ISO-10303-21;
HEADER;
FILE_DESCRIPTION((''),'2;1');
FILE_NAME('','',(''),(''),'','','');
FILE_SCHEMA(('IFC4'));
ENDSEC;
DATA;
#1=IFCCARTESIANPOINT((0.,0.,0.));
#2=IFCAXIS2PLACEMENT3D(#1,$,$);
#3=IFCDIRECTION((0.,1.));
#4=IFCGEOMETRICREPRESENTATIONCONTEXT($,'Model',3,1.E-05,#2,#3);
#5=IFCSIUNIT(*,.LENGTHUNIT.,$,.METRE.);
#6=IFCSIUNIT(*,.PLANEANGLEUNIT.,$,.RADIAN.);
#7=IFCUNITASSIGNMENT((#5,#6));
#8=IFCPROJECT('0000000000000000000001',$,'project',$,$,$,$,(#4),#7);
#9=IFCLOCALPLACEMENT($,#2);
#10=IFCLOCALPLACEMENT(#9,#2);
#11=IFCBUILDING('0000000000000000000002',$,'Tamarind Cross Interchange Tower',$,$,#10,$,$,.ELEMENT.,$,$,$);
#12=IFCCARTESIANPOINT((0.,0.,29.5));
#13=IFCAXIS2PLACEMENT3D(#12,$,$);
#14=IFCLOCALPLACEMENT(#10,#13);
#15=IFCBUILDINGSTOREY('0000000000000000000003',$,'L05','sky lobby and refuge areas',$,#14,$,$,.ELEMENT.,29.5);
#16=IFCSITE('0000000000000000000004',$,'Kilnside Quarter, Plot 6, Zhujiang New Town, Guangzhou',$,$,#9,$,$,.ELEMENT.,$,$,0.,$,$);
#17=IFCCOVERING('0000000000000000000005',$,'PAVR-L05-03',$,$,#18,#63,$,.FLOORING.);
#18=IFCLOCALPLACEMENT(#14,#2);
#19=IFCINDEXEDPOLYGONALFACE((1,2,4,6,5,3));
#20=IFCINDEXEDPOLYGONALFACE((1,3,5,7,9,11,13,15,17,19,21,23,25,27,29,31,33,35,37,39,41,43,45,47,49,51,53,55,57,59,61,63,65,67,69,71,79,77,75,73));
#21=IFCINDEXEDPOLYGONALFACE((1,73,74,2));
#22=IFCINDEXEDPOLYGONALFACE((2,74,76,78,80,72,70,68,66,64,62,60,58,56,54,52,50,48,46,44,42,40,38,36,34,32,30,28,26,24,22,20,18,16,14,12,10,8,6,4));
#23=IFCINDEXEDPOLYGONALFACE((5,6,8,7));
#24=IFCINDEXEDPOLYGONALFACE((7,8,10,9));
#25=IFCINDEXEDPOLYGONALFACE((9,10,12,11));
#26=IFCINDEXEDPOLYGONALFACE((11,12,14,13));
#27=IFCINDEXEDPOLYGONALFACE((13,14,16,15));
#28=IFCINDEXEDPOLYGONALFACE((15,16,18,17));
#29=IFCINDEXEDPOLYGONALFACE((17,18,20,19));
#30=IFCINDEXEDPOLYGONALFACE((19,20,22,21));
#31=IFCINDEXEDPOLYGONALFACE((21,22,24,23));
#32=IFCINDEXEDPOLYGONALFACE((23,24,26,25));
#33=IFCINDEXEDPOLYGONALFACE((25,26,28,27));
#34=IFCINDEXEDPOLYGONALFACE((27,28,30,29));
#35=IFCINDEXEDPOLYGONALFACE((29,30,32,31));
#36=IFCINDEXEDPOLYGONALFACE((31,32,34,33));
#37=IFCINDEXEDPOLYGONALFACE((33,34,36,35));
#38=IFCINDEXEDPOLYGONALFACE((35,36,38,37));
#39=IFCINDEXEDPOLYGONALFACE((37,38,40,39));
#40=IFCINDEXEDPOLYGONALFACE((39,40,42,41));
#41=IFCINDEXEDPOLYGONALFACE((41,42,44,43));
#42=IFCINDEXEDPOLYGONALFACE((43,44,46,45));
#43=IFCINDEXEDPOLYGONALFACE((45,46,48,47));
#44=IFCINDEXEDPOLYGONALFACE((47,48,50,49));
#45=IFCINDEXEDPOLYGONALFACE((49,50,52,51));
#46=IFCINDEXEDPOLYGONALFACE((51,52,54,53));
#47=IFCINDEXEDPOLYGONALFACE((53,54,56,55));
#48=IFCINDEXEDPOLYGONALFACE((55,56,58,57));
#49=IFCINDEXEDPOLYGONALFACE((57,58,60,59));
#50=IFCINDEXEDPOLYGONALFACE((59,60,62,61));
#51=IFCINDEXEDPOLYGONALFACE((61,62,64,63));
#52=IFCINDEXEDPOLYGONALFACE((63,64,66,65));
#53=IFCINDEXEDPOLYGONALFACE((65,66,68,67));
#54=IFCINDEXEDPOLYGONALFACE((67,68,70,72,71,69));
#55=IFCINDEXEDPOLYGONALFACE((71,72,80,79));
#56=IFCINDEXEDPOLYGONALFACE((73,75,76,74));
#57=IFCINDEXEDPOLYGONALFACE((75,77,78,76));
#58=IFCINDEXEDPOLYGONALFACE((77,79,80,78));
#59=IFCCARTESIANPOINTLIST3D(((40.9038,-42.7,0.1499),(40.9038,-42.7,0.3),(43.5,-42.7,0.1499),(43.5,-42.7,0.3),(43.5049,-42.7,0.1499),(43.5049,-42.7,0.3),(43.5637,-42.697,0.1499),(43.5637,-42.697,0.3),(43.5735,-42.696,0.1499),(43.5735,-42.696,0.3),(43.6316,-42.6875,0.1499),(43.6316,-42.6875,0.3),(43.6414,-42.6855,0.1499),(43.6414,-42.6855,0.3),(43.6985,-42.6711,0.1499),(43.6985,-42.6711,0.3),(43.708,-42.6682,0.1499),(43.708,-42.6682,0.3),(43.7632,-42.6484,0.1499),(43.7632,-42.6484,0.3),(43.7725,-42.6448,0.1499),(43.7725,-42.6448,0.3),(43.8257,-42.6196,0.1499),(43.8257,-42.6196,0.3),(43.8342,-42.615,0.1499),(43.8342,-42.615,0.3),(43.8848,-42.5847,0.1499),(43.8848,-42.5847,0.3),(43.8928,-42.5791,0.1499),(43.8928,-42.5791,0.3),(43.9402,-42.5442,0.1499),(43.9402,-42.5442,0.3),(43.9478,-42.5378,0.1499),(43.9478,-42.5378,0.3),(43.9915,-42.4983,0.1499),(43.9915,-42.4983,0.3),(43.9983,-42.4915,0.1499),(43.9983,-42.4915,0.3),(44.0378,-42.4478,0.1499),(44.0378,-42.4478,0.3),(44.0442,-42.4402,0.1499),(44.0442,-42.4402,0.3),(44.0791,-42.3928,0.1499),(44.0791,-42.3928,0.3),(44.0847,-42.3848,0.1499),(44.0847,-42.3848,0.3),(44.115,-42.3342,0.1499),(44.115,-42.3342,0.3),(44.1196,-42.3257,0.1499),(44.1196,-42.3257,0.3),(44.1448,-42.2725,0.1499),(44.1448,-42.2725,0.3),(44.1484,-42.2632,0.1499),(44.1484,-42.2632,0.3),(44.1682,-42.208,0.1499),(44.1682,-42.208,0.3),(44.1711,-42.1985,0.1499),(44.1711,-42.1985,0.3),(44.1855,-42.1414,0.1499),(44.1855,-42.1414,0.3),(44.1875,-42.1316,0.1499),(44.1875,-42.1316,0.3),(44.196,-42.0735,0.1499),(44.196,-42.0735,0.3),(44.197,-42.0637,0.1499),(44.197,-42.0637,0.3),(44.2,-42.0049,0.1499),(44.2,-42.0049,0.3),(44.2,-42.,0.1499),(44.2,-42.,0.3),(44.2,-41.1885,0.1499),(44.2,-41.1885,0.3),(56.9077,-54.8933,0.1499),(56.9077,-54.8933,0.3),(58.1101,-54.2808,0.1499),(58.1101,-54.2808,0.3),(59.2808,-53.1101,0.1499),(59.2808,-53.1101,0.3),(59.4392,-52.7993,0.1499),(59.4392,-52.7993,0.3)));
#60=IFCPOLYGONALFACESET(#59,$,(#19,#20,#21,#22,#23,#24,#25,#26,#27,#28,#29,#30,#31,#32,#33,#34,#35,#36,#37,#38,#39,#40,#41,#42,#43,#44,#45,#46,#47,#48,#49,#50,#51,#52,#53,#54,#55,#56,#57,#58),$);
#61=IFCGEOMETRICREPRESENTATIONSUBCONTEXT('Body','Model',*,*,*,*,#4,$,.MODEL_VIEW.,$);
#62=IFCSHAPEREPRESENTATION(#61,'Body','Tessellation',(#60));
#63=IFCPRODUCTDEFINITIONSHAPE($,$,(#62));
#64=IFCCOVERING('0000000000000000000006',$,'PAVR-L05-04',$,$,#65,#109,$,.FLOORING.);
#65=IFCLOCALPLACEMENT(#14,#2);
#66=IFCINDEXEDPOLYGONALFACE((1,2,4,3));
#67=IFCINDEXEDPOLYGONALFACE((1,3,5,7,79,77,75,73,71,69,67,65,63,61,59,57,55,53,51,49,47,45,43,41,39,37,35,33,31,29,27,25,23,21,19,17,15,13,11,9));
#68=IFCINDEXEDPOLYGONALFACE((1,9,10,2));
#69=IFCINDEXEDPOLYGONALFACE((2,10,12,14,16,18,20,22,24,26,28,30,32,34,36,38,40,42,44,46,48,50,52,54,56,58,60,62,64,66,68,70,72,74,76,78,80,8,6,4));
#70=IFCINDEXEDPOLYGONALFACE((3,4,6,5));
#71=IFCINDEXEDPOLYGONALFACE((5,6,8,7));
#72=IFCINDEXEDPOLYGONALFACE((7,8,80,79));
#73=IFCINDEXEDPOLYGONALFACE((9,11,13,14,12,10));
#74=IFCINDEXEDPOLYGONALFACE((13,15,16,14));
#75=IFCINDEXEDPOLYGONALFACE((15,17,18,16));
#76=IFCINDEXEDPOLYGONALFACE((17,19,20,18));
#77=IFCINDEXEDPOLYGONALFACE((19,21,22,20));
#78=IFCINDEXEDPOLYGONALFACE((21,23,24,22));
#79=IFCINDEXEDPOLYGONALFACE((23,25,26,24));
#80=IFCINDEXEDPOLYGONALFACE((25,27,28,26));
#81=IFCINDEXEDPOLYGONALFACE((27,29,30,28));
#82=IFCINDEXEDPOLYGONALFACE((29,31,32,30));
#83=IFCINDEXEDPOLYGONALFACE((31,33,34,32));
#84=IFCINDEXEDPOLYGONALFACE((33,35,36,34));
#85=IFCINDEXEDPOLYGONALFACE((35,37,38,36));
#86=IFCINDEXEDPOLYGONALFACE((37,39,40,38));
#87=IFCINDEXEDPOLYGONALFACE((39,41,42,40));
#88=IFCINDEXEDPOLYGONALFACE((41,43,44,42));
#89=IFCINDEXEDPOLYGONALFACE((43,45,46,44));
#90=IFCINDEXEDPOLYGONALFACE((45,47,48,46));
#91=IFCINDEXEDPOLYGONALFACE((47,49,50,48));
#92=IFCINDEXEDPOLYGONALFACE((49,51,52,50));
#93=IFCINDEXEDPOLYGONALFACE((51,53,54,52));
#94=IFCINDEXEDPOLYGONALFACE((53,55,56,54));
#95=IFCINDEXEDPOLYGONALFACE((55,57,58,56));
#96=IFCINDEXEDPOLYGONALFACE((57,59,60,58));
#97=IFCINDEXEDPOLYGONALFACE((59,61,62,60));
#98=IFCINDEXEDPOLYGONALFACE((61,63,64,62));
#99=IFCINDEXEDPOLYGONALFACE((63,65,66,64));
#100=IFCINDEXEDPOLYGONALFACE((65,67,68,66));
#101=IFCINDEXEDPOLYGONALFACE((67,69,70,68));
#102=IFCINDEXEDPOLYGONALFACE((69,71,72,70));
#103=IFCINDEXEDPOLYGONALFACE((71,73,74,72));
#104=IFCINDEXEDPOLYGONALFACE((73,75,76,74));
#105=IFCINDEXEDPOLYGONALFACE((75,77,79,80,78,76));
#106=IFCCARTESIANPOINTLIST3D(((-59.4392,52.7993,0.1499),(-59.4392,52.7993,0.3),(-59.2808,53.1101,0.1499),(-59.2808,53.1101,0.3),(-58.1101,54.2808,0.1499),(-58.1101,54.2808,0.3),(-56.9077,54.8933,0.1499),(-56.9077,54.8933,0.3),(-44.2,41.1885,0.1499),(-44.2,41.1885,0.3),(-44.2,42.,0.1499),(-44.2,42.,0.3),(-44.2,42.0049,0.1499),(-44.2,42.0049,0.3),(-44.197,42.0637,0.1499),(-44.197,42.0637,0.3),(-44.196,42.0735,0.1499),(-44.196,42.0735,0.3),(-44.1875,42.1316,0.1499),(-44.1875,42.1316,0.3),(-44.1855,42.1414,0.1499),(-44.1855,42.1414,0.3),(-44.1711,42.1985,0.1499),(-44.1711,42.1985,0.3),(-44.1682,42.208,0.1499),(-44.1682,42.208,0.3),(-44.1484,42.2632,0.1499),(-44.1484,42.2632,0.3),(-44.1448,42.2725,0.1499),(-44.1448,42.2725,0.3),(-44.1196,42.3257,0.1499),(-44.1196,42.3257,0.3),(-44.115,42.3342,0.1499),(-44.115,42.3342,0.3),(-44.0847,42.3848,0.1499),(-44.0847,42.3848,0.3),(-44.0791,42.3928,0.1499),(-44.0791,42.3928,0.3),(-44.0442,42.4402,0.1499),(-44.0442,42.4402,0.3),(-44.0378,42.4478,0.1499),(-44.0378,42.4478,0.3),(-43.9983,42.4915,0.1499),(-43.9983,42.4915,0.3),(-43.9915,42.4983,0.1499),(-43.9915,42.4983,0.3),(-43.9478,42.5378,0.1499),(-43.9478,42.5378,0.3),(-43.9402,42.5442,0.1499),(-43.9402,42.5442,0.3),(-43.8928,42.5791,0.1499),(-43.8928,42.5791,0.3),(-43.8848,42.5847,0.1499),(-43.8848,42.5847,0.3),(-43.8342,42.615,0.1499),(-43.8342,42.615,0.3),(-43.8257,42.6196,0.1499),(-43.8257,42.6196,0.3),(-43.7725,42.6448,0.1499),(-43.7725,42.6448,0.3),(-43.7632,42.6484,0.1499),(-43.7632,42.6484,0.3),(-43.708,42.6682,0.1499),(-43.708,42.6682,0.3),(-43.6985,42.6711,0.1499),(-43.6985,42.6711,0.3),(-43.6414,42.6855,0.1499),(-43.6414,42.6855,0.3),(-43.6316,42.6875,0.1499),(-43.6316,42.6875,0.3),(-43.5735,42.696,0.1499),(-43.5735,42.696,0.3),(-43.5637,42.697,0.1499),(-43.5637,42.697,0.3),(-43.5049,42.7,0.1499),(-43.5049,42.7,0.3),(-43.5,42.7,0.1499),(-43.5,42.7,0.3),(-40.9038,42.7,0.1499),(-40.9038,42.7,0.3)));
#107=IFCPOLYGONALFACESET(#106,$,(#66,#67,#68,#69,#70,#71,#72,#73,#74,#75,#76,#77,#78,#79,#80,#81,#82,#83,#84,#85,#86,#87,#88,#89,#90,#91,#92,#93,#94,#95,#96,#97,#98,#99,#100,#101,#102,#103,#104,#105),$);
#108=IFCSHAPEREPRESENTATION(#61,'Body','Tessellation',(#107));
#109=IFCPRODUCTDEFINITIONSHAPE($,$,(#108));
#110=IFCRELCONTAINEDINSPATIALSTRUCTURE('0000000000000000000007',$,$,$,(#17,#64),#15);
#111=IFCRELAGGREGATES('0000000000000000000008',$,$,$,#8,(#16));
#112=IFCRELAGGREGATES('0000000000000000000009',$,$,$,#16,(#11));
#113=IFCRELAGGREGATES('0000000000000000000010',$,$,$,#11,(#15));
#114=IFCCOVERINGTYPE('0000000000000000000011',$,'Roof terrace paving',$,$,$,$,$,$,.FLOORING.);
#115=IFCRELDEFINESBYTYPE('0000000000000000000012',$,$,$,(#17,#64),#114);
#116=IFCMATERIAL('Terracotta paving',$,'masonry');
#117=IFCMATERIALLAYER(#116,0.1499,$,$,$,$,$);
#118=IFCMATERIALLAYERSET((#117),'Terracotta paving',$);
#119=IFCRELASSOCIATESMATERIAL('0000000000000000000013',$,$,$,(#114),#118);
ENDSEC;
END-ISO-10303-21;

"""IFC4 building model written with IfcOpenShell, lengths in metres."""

from ifc_helpers import new_model, si_unit, direction, frame, origin, place, context, subcontext, project, spatial, polyline, outline, extrude, material, layer, layer_set, type_object, element, save


model = new_model("IFC4")

# Units and contexts
model_context = context("Model", 3, precision=1e-05, world=origin(), true_north=direction((0.0, 1.0)))
body_context = subcontext(model_context, "Body", "Model", "MODEL_VIEW")
ifc_project = project(units=[si_unit("LENGTHUNIT", "METRE"), si_unit("PLANEANGLEUNIT", "RADIAN")], contexts=[model_context])

# Site, building, storey
site_placement = place(None, origin())
site = spatial("IfcSite", under=ifc_project, at=site_placement, Name="Kilnside Quarter, Plot 6, Zhujiang New Town, Guangzhou", CompositionType="ELEMENT", RefElevation=0.0)
building_placement = place(site_placement, origin())
building = spatial("IfcBuilding", under=site, at=building_placement, Name="Tamarind Cross Interchange Tower", CompositionType="ELEMENT")
storey_placement = place(building_placement, frame((0.0, 0.0, 29.5)))
storey = spatial("IfcBuildingStorey", under=building, at=storey_placement, Name="L05", Description="sky lobby and refuge areas", CompositionType="ELEMENT", Elevation=29.5)

# Coverings
ifc_material_1 = material(Name="Terracotta paving", Category="masonry")
ifc_layer_1 = layer(ifc_material_1, 0.1499)
ifc_layer_set_1 = layer_set([ifc_layer_1], Name="Terracotta paving")
covering_type = type_object("IfcCoveringType", Name="Roof terrace paving", PredefinedType="FLOORING", material=ifc_layer_set_1)
covering_1_placement = place(storey_placement, frame((0.0, 0.0, 0.1499)))
element("IfcCovering", 1, at=covering_1_placement, inside=storey, type_object=covering_type, Name="PAVR-L05-03", PredefinedType="FLOORING", context=body_context, shape_type="SweptSolid", body=[
    extrude(outline(polyline([(59.2808, -53.1101), (59.4392, -52.7993), (44.2, -41.1885), (44.2, -42.0), (44.2, -42.0049), (44.197, -42.0637), (44.196, -42.0735), (44.1875, -42.1316), (44.1855, -42.1414), (44.1711, -42.1985), (44.1682, -42.208), (44.1484, -42.2632), (44.1448, -42.2725), (44.1196, -42.3257), (44.115, -42.3342), (44.0847, -42.3848), (44.0791, -42.3928), (44.0442, -42.4402), (44.0378, -42.4478), (43.9983, -42.4915), (43.9915, -42.4983), (43.9478, -42.5378), (43.9402, -42.5442), (43.8928, -42.5791), (43.8848, -42.5847), (43.8342, -42.615), (43.8257, -42.6196), (43.7725, -42.6448), (43.7632, -42.6484), (43.708, -42.6682), (43.6985, -42.6711), (43.6414, -42.6855), (43.6316, -42.6875), (43.5735, -42.696), (43.5637, -42.697), (43.5049, -42.7), (43.5, -42.7), (40.9038, -42.7), (56.9077, -54.8933), (58.1101, -54.2808), (59.2808, -53.1101)])), origin(), (0.0, 0.0, 1.0), 0.1501),
])
covering_2_placement = place(storey_placement, frame((0.0, 0.0, 0.1499)))
element("IfcCovering", 2, at=covering_2_placement, inside=storey, type_object=covering_type, Name="PAVR-L05-04", PredefinedType="FLOORING", context=body_context, shape_type="SweptSolid", body=[
    extrude(outline(polyline([(-59.2808, 53.1101), (-59.4392, 52.7993), (-44.2, 41.1885), (-44.2, 42.0), (-44.2, 42.0049), (-44.197, 42.0637), (-44.196, 42.0735), (-44.1875, 42.1316), (-44.1855, 42.1414), (-44.1711, 42.1985), (-44.1682, 42.208), (-44.1484, 42.2632), (-44.1448, 42.2725), (-44.1196, 42.3257), (-44.115, 42.3342), (-44.0847, 42.3848), (-44.0791, 42.3928), (-44.0442, 42.4402), (-44.0378, 42.4478), (-43.9983, 42.4915), (-43.9915, 42.4983), (-43.9478, 42.5378), (-43.9402, 42.5442), (-43.8928, 42.5791), (-43.8848, 42.5847), (-43.8342, 42.615), (-43.8257, 42.6196), (-43.7725, 42.6448), (-43.7632, 42.6484), (-43.708, 42.6682), (-43.6985, 42.6711), (-43.6414, 42.6855), (-43.6316, 42.6875), (-43.5735, 42.696), (-43.5637, 42.697), (-43.5049, 42.7), (-43.5, 42.7), (-40.9038, 42.7), (-56.9077, 54.8933), (-58.1101, 54.2808), (-59.2808, 53.1101)])), origin(), (0.0, 0.0, 1.0), 0.1501),
])

save(model, "model.ifc")
